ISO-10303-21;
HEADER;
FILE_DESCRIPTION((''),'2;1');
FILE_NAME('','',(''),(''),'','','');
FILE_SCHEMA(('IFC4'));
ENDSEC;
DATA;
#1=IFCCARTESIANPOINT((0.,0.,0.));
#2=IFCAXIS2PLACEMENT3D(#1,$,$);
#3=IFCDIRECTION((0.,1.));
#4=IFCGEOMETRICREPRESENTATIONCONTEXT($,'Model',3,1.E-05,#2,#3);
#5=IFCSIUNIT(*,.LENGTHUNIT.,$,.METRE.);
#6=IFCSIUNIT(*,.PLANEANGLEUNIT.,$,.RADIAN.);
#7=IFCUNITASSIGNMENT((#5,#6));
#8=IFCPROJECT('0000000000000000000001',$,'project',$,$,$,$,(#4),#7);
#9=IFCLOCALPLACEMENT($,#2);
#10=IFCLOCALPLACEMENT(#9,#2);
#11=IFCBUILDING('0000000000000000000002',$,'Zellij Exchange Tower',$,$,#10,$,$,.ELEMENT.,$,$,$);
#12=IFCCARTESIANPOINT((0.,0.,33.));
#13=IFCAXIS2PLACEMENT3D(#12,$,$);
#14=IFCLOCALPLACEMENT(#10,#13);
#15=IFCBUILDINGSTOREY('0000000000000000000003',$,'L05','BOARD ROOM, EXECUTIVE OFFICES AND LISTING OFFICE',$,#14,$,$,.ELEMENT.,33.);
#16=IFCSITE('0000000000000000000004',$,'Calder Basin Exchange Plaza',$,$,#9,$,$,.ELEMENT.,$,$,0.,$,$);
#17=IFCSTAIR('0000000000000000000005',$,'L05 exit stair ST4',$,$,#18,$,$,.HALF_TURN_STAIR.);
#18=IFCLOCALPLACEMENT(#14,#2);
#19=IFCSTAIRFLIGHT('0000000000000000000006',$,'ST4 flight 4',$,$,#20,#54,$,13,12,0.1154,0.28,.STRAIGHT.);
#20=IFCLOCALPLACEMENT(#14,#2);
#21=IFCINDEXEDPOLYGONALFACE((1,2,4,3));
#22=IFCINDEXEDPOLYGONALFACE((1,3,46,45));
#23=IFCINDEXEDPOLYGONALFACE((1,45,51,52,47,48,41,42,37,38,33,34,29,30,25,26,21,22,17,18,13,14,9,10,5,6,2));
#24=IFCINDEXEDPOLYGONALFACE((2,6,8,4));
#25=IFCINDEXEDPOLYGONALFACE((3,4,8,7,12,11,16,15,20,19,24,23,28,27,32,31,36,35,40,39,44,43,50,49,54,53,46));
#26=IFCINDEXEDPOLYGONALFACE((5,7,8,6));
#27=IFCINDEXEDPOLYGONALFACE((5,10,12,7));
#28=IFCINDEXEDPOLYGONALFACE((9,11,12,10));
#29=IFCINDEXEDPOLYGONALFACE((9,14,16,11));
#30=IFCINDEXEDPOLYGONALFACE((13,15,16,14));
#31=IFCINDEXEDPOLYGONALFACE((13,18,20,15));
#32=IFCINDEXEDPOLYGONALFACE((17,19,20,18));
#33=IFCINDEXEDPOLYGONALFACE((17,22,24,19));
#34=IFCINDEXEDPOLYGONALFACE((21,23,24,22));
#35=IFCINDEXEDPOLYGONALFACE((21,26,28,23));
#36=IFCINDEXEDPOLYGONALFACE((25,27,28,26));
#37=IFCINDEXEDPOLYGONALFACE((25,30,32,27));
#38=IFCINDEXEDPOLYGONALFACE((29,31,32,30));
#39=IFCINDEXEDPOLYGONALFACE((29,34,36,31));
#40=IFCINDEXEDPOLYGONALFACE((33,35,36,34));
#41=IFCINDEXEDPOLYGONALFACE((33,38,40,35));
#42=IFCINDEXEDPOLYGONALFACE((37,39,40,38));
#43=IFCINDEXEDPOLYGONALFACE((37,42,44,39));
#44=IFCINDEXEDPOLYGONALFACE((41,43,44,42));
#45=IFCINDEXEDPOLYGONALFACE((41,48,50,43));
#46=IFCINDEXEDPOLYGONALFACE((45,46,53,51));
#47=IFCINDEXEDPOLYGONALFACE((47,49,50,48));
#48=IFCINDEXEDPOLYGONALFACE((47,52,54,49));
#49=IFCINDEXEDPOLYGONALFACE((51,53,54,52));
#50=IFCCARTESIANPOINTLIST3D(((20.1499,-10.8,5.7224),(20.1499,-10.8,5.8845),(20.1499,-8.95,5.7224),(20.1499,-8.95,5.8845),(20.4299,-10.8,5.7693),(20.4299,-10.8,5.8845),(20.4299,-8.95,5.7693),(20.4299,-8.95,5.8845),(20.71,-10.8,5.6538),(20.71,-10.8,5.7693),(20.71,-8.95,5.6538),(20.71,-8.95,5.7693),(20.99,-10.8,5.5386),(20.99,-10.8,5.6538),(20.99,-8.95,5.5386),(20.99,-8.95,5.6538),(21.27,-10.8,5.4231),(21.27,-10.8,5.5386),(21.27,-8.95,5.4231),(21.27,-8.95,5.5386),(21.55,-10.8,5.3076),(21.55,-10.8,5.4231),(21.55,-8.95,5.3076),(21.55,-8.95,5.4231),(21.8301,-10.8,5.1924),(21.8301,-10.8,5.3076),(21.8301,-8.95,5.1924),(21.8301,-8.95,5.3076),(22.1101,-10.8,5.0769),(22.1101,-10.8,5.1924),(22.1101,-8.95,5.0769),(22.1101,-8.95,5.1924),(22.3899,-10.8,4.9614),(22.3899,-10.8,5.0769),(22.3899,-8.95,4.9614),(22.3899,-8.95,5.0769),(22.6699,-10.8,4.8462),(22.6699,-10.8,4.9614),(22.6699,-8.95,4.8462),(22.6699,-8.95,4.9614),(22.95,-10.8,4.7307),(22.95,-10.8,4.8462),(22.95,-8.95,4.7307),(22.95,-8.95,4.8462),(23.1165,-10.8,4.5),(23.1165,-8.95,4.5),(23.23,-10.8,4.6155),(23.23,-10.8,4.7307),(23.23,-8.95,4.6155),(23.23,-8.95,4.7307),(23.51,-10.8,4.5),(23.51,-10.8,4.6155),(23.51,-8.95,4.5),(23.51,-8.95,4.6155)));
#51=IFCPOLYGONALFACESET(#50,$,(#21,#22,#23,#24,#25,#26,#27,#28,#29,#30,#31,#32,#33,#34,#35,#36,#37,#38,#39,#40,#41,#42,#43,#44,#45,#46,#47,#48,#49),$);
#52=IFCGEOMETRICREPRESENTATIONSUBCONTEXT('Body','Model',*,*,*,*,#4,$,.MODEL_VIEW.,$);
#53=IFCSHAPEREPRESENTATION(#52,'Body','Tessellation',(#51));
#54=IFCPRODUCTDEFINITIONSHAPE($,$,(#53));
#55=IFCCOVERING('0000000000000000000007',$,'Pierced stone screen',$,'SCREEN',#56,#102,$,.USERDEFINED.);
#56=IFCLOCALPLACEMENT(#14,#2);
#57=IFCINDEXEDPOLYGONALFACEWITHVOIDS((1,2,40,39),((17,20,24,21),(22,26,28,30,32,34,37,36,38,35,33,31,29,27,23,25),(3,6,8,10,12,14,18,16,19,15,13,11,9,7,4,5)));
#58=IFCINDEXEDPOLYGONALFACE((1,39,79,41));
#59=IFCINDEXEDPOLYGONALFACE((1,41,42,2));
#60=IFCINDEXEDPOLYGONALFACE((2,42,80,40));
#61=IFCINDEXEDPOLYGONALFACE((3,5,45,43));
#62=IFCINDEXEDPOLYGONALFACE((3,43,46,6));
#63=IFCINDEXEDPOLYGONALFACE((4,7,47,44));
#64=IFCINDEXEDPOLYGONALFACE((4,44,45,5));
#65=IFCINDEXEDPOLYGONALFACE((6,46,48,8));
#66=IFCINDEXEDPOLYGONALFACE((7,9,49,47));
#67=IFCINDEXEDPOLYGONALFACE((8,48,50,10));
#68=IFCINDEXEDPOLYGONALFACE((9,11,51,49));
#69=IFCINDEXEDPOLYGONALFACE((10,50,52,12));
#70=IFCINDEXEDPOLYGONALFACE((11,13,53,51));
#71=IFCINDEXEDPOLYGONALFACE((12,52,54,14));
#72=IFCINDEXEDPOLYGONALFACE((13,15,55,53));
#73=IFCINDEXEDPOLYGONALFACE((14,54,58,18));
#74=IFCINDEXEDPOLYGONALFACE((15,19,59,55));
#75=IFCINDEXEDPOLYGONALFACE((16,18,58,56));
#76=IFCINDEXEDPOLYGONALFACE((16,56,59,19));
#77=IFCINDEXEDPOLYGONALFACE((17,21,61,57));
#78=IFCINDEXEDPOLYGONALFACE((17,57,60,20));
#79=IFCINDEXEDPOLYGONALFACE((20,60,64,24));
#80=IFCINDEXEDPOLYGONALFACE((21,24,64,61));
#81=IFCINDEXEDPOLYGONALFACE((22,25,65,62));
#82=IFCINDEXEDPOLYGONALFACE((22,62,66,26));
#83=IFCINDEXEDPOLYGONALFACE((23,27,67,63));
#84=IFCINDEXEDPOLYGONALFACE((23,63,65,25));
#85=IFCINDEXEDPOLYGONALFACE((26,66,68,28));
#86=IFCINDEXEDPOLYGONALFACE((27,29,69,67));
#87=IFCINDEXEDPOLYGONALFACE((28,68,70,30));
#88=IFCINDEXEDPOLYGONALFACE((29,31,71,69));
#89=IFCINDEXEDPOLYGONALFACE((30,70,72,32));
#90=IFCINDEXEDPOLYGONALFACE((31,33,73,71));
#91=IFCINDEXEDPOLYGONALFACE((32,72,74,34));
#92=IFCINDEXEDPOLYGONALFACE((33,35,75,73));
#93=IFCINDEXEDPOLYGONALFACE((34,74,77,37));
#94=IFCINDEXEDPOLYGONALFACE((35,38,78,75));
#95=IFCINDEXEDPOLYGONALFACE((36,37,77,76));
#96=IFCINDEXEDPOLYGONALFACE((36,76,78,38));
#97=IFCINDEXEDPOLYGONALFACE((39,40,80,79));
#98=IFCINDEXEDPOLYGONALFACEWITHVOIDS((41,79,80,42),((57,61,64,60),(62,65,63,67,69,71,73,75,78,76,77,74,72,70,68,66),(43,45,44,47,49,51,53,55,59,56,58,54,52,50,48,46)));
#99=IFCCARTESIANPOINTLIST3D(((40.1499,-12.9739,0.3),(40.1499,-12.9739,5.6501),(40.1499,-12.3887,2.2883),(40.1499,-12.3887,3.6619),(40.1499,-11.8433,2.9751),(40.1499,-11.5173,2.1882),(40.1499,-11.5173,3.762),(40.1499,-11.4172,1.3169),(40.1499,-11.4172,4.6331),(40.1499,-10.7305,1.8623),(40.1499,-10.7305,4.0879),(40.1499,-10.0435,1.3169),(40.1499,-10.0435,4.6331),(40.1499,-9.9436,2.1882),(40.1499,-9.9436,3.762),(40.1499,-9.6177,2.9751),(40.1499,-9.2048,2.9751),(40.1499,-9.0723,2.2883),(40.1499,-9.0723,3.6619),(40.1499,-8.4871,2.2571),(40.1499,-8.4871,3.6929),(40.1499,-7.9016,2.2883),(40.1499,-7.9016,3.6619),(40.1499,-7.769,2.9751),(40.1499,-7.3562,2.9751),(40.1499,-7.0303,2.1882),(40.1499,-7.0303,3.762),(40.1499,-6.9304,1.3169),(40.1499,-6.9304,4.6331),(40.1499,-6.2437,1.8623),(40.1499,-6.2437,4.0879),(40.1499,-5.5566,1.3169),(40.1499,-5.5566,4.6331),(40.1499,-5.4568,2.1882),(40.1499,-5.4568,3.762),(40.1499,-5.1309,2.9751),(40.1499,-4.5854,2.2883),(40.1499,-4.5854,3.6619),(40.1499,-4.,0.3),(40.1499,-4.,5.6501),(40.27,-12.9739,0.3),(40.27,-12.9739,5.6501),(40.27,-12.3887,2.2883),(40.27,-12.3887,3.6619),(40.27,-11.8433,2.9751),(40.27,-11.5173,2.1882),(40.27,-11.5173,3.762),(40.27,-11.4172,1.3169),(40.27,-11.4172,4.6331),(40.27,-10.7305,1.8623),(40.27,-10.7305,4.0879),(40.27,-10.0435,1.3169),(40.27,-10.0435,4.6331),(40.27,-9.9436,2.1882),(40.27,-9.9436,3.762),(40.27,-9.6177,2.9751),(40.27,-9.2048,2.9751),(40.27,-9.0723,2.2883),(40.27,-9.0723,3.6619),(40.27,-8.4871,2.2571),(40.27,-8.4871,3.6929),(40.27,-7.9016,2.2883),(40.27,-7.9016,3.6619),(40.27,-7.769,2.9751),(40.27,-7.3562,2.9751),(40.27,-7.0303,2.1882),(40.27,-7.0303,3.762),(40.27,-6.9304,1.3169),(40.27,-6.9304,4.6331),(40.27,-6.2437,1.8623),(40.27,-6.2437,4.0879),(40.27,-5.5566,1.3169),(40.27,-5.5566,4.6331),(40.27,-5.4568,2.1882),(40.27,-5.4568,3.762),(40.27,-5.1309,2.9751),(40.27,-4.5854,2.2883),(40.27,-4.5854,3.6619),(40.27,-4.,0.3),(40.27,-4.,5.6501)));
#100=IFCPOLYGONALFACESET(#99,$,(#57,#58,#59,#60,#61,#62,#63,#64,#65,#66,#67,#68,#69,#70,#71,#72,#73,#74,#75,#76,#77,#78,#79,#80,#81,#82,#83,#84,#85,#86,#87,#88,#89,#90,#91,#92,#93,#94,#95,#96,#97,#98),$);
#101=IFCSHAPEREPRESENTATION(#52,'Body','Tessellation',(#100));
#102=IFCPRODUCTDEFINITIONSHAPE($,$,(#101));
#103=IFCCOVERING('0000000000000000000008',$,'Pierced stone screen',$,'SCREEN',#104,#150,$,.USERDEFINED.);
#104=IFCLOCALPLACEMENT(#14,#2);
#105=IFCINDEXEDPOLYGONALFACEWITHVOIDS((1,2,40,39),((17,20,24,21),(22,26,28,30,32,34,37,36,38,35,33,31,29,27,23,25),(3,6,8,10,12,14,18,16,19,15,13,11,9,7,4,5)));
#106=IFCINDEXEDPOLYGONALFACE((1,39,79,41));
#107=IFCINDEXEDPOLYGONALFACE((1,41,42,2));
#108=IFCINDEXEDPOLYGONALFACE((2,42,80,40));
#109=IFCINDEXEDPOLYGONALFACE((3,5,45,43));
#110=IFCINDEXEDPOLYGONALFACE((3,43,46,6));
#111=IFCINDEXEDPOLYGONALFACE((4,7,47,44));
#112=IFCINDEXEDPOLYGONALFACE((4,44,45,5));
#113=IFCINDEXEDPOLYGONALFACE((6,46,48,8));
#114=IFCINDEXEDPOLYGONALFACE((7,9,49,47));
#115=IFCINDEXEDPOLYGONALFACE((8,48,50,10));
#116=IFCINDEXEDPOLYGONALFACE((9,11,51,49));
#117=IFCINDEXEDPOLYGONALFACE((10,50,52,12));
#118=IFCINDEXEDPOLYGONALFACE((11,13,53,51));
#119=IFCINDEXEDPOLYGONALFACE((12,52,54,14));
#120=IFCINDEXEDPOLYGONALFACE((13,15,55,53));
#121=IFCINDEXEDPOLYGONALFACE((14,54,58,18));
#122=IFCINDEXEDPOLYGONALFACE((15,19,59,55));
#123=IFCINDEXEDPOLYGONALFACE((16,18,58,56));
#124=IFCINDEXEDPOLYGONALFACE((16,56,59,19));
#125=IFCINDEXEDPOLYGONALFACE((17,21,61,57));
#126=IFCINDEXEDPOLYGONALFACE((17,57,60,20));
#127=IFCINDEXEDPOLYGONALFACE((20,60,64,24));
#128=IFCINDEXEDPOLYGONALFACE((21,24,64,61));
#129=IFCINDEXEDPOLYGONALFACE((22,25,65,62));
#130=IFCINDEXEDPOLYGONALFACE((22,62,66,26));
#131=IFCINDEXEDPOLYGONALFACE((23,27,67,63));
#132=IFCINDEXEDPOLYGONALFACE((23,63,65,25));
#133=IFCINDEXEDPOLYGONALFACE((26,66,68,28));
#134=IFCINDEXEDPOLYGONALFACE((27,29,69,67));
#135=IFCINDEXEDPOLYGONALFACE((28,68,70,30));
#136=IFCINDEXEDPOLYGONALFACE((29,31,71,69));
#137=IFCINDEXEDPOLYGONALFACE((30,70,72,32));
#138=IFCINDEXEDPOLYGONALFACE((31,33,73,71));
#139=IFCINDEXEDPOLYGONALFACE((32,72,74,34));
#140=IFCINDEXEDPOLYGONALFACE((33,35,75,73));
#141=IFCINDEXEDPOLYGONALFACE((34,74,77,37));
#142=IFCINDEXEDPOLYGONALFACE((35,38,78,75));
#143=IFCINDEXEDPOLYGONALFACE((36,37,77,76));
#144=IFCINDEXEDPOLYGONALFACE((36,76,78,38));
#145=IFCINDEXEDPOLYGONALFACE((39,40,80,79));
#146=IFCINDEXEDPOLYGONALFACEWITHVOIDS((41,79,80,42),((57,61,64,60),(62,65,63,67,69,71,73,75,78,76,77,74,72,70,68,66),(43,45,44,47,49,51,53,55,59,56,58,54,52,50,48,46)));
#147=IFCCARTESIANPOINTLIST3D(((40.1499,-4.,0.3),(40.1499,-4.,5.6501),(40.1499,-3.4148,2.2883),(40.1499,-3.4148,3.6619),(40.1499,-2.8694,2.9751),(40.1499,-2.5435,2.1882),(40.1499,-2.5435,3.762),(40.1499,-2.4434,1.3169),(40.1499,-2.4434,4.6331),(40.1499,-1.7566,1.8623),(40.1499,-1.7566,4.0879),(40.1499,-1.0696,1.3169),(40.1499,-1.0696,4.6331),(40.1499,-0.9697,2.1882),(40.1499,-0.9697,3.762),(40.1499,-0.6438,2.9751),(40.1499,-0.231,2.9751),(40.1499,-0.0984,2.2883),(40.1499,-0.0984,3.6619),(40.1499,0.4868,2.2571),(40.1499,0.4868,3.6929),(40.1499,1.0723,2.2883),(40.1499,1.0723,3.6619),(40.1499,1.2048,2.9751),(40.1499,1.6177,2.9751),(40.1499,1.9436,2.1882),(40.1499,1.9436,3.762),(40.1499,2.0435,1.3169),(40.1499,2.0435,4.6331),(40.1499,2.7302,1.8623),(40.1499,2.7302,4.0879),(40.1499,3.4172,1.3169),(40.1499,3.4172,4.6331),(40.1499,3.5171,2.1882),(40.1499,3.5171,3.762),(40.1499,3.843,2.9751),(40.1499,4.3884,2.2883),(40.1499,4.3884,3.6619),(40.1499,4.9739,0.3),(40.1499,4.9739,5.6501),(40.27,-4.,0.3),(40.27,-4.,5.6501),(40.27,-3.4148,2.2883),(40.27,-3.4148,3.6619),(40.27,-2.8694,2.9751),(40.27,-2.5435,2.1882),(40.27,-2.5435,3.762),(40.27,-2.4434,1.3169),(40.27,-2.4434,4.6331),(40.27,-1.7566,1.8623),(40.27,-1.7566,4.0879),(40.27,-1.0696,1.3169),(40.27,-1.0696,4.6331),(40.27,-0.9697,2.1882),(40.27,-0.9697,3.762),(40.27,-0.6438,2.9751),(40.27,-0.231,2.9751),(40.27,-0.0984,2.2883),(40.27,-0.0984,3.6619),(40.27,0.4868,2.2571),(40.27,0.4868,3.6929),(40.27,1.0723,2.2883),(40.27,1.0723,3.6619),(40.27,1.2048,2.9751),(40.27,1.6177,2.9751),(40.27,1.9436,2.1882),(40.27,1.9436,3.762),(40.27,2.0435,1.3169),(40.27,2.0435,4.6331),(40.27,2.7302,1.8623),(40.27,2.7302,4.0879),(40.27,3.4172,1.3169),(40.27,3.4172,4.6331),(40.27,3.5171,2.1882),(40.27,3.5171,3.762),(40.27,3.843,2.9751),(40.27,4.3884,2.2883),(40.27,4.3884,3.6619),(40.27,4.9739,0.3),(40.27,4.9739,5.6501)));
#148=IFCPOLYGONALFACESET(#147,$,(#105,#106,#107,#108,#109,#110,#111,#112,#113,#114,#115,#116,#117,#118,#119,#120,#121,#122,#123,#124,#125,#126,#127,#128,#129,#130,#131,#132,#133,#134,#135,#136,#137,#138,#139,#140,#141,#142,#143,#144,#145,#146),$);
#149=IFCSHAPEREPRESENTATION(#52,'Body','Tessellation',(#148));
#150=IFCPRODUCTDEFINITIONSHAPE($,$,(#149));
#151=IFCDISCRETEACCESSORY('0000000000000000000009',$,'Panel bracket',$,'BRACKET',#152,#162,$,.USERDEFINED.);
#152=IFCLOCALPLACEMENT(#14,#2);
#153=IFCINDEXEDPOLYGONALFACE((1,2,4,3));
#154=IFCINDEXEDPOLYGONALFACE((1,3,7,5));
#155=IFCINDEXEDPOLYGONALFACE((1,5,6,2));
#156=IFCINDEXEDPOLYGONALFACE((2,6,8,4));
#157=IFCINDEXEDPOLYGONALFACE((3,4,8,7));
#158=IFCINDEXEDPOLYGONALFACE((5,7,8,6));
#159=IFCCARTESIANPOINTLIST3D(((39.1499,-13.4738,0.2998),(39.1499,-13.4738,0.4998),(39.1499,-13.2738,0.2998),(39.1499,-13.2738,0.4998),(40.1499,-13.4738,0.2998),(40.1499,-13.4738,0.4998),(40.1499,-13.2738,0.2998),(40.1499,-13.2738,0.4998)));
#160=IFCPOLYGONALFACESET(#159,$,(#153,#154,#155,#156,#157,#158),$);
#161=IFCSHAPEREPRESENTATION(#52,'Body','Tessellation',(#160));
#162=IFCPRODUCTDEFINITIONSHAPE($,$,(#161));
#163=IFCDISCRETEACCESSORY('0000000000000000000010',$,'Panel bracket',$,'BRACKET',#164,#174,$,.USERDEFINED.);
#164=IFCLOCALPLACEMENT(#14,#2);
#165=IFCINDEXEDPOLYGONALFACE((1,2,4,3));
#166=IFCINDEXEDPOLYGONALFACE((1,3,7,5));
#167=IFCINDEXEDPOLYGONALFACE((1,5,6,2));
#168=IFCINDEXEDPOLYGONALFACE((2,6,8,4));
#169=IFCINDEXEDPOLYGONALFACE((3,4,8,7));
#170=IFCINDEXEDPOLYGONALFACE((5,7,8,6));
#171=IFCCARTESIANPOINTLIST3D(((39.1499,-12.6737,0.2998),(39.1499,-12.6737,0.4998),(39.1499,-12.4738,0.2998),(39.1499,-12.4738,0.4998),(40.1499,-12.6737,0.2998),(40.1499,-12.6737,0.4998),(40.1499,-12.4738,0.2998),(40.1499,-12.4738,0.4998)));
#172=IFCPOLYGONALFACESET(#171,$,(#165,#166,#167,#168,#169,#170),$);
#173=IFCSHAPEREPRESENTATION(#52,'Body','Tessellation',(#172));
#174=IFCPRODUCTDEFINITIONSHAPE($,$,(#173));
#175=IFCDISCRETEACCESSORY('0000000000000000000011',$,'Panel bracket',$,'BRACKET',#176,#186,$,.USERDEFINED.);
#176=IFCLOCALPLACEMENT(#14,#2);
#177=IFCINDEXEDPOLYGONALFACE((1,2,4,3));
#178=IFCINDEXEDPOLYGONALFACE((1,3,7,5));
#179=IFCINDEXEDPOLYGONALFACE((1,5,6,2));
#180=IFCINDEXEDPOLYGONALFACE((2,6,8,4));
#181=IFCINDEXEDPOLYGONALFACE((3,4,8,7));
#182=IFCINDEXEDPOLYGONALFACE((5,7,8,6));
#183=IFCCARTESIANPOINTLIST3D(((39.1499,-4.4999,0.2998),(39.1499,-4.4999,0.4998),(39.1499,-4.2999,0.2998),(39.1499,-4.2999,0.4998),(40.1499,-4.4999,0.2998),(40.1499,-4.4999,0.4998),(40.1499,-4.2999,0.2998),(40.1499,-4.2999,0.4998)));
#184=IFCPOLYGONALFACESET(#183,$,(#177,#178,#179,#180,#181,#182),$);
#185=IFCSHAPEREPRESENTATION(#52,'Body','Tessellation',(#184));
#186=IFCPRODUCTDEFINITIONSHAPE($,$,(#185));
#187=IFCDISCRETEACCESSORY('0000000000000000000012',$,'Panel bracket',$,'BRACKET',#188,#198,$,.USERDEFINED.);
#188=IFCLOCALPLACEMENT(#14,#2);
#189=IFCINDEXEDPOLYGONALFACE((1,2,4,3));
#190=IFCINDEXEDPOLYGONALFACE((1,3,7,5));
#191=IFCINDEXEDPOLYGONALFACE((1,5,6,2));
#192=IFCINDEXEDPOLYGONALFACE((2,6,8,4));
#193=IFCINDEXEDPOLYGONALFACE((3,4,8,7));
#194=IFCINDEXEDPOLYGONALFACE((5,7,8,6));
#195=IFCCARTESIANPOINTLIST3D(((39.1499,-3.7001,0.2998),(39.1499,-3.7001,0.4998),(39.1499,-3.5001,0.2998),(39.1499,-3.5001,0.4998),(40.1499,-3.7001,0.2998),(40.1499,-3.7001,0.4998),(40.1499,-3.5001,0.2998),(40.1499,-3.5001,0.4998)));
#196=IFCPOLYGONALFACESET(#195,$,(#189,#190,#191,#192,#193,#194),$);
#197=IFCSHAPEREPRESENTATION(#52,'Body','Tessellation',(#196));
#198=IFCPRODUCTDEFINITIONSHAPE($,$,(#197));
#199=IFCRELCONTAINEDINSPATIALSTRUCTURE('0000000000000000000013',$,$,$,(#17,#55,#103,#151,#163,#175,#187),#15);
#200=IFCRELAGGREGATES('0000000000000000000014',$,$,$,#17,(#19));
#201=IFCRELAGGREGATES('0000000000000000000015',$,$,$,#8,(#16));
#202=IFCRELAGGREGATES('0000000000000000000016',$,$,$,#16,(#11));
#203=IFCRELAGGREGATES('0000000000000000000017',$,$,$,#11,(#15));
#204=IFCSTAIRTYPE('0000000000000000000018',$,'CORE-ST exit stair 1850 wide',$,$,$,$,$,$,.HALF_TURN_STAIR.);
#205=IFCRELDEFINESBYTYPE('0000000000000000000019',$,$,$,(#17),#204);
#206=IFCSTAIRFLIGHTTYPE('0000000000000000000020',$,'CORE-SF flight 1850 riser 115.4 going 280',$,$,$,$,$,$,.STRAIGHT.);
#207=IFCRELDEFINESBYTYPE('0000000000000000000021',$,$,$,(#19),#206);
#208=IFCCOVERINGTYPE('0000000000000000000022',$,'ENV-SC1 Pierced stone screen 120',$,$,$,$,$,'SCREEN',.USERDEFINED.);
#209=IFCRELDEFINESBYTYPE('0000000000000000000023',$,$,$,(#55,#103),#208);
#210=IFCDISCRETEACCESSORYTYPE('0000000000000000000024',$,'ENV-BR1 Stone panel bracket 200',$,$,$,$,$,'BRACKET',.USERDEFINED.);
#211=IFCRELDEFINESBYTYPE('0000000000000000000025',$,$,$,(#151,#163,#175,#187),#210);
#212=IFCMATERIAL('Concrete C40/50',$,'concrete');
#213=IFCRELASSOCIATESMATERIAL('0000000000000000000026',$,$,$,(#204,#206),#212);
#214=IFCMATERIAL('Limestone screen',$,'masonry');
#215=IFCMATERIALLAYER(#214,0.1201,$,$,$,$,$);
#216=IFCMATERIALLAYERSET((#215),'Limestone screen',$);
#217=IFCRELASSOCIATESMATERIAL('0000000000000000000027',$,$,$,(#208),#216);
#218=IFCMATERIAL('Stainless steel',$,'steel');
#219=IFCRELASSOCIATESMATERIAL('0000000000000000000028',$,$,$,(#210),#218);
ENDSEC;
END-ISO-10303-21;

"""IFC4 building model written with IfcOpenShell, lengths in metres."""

from ifc_helpers import new_model, si_unit, direction, frame, origin, origin_2d, place, context, subcontext, project, spatial, polyline, rectangle, outline, extrude, material, layer, layer_set, type_object, element, aggregate, save


model = new_model("IFC4")

# Units and contexts
model_context = context("Model", 3, precision=1e-05, world=origin(), true_north=direction((0.0, 1.0)))
body_context = subcontext(model_context, "Body", "Model", "MODEL_VIEW")
ifc_project = project(units=[si_unit("LENGTHUNIT", "METRE"), si_unit("PLANEANGLEUNIT", "RADIAN")], contexts=[model_context])

# Site, building, storey
site_placement = place(None, origin())
site = spatial("IfcSite", under=ifc_project, at=site_placement, Name="Calder Basin Exchange Plaza", CompositionType="ELEMENT", RefElevation=0.0)
building_placement = place(site_placement, origin())
building = spatial("IfcBuilding", under=site, at=building_placement, Name="Zellij Exchange Tower", CompositionType="ELEMENT")
storey_placement = place(building_placement, frame((0.0, 0.0, 33.0)))
storey = spatial("IfcBuildingStorey", under=building, at=storey_placement, Name="L05", Description="BOARD ROOM, EXECUTIVE OFFICES AND LISTING OFFICE", CompositionType="ELEMENT", Elevation=33.0)

# Stair, stair flight
ifc_material_1 = material(Name="Concrete C40/50", Category="concrete")
stair_type = type_object("IfcStairType", Name="CORE-ST exit stair 1850 wide", PredefinedType="HALF_TURN_STAIR", material=ifc_material_1)
stair_placement = place(storey_placement, origin())
stair = element("IfcStair", 1, at=stair_placement, inside=storey, type_object=stair_type, Name="L05 exit stair ST4", PredefinedType="HALF_TURN_STAIR")
stair_flight_type = type_object("IfcStairFlightType", Name="CORE-SF flight 1850 riser 115.4 going 280", PredefinedType="STRAIGHT", material=ifc_material_1)
stair_flight_1_placement = place(storey_placement, frame((23.51, -9.875, 4.5), z_axis=(0.0, 0.0, 1.0), x_axis=(-1.0, 0.0, 0.0)))
stair_flight_1 = element("IfcStairFlight", 2, at=stair_flight_1_placement, type_object=stair_flight_type, Name="ST4 flight 4", NumberOfRisers=13, NumberOfTreads=12, PredefinedType="STRAIGHT", RiserHeight=0.1154, TreadLength=0.28, context=body_context, shape_type="SweptSolid", body=[
    extrude(outline(polyline([(0.0, 0.0), (0.0, 0.1155), (0.28, 0.1155), (0.28, 0.2307), (0.5601, 0.2307), (0.5601, 0.3462), (0.8401, 0.3462), (0.8401, 0.4614), (1.1201, 0.4614), (1.1201, 0.5769), (1.3999, 0.5769), (1.3999, 0.6924), (1.6799, 0.6924), (1.6799, 0.8076), (1.96, 0.8076), (1.96, 0.9231), (2.24, 0.9231), (2.24, 1.0386), (2.52, 1.0386), (2.52, 1.1538), (2.8, 1.1538), (2.8, 1.2693), (3.0801, 1.2693), (3.0801, 1.3845), (3.3601, 1.3845), (3.3601, 1.5), (3.3601, 1.2224), (0.3936, 0.0), (0.0, 0.0)])), frame((0.0, 0.925, 0.0), z_axis=(0.0, -1.0, 0.0), x_axis=(1.0, 0.0, 0.0)), (0.0, 0.0, 1.0), 1.8501),
])
aggregate(stair, [stair_flight_1])

# Shared definitions
ifc_material_2 = material(Name="Stainless steel", Category="steel")

# Coverings
ifc_material_3 = material(Name="Limestone screen", Category="masonry")
ifc_layer_1 = layer(ifc_material_3, 0.1201)
ifc_layer_set_1 = layer_set([ifc_layer_1], Name="Limestone screen")
covering_type = type_object("IfcCoveringType", Name="ENV-SC1 Pierced stone screen 120", ElementType="SCREEN", PredefinedType="USERDEFINED", material=ifc_layer_set_1)
for number, where, z_axis, x_axis, name in (
    (3, (40.21, -12.9739, 0.3), (0.0, 0.0, 1.0), (0.0, 1.0, 0.0), "Pierced stone screen"),
    (4, (40.21, -4.0, 0.3), (0.0, 0.0, 1.0), (0.0, 1.0, 0.0), "Pierced stone screen"),
):
    element("IfcCovering", number, at=place(storey_placement, frame(where, z_axis=z_axis, x_axis=x_axis)), inside=storey, type_object=covering_type, Name=name, ObjectType="SCREEN", PredefinedType="USERDEFINED", context=body_context, shape_type="SweptSolid", body=[
        extrude(outline(polyline([(0.0, 0.0), (8.9739, 0.0), (8.9739, 5.3501), (0.0, 5.3501), (0.0, 0.0)]), holes=[polyline([(3.9016, 3.3618), (3.0303, 3.4619), (2.9304, 4.333), (2.2434, 3.7878), (1.5566, 4.333), (1.4565, 3.4619), (0.5852, 3.3618), (1.1306, 2.675), (0.5852, 1.9883), (1.4565, 1.8882), (1.5566, 1.0168), (2.2434, 1.5623), (2.9304, 1.0168), (3.0303, 1.8882), (3.9016, 1.9883), (3.3562, 2.675), (3.9016, 3.3618)]), polyline([(8.3884, 3.3618), (7.5171, 3.4619), (7.4172, 4.333), (6.7302, 3.7878), (6.0435, 4.333), (5.9436, 3.4619), (5.0723, 3.3618), (5.6177, 2.675), (5.0723, 1.9883), (5.9436, 1.8882), (6.0435, 1.0168), (6.7302, 1.5623), (7.4172, 1.0168), (7.5171, 1.8882), (8.3884, 1.9883), (7.843, 2.675), (8.3884, 3.3618)]), polyline([(5.2048, 2.675), (4.4868, 3.3928), (3.769, 2.675), (4.4868, 1.957), (5.2048, 2.675)])]), frame((0.0, 0.0601, 0.0), z_axis=(0.0, -1.0, 0.0), x_axis=(1.0, 0.0, 0.0)), (0.0, 0.0, 1.0), 0.1201),
    ])

# Discrete accessories
discrete_accessory_type = type_object("IfcDiscreteAccessoryType", Name="ENV-BR1 Stone panel bracket 200", ElementType="BRACKET", PredefinedType="USERDEFINED", material=ifc_material_2)
for number, where, z_axis, x_axis, name in (
    (5, (39.6499, -13.3738, 0.2998), (0.0, 0.0, 1.0), (0.0, 1.0, 0.0), "Panel bracket"),
    (6, (39.6499, -12.5737, 0.2998), (0.0, 0.0, 1.0), (0.0, 1.0, 0.0), "Panel bracket"),
    (7, (39.6499, -4.3999, 0.2998), (0.0, 0.0, 1.0), (0.0, 1.0, 0.0), "Panel bracket"),
    (8, (39.6499, -3.6001, 0.2998), (0.0, 0.0, 1.0), (0.0, 1.0, 0.0), "Panel bracket"),
):
    element("IfcDiscreteAccessory", number, at=place(storey_placement, frame(where, z_axis=z_axis, x_axis=x_axis)), inside=storey, type_object=discrete_accessory_type, Name=name, ObjectType="BRACKET", PredefinedType="USERDEFINED", context=body_context, shape_type="SweptSolid", body=[
        extrude(rectangle(XDim=0.2, YDim=1.0, at=origin_2d()), origin(), (0.0, 0.0, 1.0), 0.2),
    ])

save(model, "model.ifc")
